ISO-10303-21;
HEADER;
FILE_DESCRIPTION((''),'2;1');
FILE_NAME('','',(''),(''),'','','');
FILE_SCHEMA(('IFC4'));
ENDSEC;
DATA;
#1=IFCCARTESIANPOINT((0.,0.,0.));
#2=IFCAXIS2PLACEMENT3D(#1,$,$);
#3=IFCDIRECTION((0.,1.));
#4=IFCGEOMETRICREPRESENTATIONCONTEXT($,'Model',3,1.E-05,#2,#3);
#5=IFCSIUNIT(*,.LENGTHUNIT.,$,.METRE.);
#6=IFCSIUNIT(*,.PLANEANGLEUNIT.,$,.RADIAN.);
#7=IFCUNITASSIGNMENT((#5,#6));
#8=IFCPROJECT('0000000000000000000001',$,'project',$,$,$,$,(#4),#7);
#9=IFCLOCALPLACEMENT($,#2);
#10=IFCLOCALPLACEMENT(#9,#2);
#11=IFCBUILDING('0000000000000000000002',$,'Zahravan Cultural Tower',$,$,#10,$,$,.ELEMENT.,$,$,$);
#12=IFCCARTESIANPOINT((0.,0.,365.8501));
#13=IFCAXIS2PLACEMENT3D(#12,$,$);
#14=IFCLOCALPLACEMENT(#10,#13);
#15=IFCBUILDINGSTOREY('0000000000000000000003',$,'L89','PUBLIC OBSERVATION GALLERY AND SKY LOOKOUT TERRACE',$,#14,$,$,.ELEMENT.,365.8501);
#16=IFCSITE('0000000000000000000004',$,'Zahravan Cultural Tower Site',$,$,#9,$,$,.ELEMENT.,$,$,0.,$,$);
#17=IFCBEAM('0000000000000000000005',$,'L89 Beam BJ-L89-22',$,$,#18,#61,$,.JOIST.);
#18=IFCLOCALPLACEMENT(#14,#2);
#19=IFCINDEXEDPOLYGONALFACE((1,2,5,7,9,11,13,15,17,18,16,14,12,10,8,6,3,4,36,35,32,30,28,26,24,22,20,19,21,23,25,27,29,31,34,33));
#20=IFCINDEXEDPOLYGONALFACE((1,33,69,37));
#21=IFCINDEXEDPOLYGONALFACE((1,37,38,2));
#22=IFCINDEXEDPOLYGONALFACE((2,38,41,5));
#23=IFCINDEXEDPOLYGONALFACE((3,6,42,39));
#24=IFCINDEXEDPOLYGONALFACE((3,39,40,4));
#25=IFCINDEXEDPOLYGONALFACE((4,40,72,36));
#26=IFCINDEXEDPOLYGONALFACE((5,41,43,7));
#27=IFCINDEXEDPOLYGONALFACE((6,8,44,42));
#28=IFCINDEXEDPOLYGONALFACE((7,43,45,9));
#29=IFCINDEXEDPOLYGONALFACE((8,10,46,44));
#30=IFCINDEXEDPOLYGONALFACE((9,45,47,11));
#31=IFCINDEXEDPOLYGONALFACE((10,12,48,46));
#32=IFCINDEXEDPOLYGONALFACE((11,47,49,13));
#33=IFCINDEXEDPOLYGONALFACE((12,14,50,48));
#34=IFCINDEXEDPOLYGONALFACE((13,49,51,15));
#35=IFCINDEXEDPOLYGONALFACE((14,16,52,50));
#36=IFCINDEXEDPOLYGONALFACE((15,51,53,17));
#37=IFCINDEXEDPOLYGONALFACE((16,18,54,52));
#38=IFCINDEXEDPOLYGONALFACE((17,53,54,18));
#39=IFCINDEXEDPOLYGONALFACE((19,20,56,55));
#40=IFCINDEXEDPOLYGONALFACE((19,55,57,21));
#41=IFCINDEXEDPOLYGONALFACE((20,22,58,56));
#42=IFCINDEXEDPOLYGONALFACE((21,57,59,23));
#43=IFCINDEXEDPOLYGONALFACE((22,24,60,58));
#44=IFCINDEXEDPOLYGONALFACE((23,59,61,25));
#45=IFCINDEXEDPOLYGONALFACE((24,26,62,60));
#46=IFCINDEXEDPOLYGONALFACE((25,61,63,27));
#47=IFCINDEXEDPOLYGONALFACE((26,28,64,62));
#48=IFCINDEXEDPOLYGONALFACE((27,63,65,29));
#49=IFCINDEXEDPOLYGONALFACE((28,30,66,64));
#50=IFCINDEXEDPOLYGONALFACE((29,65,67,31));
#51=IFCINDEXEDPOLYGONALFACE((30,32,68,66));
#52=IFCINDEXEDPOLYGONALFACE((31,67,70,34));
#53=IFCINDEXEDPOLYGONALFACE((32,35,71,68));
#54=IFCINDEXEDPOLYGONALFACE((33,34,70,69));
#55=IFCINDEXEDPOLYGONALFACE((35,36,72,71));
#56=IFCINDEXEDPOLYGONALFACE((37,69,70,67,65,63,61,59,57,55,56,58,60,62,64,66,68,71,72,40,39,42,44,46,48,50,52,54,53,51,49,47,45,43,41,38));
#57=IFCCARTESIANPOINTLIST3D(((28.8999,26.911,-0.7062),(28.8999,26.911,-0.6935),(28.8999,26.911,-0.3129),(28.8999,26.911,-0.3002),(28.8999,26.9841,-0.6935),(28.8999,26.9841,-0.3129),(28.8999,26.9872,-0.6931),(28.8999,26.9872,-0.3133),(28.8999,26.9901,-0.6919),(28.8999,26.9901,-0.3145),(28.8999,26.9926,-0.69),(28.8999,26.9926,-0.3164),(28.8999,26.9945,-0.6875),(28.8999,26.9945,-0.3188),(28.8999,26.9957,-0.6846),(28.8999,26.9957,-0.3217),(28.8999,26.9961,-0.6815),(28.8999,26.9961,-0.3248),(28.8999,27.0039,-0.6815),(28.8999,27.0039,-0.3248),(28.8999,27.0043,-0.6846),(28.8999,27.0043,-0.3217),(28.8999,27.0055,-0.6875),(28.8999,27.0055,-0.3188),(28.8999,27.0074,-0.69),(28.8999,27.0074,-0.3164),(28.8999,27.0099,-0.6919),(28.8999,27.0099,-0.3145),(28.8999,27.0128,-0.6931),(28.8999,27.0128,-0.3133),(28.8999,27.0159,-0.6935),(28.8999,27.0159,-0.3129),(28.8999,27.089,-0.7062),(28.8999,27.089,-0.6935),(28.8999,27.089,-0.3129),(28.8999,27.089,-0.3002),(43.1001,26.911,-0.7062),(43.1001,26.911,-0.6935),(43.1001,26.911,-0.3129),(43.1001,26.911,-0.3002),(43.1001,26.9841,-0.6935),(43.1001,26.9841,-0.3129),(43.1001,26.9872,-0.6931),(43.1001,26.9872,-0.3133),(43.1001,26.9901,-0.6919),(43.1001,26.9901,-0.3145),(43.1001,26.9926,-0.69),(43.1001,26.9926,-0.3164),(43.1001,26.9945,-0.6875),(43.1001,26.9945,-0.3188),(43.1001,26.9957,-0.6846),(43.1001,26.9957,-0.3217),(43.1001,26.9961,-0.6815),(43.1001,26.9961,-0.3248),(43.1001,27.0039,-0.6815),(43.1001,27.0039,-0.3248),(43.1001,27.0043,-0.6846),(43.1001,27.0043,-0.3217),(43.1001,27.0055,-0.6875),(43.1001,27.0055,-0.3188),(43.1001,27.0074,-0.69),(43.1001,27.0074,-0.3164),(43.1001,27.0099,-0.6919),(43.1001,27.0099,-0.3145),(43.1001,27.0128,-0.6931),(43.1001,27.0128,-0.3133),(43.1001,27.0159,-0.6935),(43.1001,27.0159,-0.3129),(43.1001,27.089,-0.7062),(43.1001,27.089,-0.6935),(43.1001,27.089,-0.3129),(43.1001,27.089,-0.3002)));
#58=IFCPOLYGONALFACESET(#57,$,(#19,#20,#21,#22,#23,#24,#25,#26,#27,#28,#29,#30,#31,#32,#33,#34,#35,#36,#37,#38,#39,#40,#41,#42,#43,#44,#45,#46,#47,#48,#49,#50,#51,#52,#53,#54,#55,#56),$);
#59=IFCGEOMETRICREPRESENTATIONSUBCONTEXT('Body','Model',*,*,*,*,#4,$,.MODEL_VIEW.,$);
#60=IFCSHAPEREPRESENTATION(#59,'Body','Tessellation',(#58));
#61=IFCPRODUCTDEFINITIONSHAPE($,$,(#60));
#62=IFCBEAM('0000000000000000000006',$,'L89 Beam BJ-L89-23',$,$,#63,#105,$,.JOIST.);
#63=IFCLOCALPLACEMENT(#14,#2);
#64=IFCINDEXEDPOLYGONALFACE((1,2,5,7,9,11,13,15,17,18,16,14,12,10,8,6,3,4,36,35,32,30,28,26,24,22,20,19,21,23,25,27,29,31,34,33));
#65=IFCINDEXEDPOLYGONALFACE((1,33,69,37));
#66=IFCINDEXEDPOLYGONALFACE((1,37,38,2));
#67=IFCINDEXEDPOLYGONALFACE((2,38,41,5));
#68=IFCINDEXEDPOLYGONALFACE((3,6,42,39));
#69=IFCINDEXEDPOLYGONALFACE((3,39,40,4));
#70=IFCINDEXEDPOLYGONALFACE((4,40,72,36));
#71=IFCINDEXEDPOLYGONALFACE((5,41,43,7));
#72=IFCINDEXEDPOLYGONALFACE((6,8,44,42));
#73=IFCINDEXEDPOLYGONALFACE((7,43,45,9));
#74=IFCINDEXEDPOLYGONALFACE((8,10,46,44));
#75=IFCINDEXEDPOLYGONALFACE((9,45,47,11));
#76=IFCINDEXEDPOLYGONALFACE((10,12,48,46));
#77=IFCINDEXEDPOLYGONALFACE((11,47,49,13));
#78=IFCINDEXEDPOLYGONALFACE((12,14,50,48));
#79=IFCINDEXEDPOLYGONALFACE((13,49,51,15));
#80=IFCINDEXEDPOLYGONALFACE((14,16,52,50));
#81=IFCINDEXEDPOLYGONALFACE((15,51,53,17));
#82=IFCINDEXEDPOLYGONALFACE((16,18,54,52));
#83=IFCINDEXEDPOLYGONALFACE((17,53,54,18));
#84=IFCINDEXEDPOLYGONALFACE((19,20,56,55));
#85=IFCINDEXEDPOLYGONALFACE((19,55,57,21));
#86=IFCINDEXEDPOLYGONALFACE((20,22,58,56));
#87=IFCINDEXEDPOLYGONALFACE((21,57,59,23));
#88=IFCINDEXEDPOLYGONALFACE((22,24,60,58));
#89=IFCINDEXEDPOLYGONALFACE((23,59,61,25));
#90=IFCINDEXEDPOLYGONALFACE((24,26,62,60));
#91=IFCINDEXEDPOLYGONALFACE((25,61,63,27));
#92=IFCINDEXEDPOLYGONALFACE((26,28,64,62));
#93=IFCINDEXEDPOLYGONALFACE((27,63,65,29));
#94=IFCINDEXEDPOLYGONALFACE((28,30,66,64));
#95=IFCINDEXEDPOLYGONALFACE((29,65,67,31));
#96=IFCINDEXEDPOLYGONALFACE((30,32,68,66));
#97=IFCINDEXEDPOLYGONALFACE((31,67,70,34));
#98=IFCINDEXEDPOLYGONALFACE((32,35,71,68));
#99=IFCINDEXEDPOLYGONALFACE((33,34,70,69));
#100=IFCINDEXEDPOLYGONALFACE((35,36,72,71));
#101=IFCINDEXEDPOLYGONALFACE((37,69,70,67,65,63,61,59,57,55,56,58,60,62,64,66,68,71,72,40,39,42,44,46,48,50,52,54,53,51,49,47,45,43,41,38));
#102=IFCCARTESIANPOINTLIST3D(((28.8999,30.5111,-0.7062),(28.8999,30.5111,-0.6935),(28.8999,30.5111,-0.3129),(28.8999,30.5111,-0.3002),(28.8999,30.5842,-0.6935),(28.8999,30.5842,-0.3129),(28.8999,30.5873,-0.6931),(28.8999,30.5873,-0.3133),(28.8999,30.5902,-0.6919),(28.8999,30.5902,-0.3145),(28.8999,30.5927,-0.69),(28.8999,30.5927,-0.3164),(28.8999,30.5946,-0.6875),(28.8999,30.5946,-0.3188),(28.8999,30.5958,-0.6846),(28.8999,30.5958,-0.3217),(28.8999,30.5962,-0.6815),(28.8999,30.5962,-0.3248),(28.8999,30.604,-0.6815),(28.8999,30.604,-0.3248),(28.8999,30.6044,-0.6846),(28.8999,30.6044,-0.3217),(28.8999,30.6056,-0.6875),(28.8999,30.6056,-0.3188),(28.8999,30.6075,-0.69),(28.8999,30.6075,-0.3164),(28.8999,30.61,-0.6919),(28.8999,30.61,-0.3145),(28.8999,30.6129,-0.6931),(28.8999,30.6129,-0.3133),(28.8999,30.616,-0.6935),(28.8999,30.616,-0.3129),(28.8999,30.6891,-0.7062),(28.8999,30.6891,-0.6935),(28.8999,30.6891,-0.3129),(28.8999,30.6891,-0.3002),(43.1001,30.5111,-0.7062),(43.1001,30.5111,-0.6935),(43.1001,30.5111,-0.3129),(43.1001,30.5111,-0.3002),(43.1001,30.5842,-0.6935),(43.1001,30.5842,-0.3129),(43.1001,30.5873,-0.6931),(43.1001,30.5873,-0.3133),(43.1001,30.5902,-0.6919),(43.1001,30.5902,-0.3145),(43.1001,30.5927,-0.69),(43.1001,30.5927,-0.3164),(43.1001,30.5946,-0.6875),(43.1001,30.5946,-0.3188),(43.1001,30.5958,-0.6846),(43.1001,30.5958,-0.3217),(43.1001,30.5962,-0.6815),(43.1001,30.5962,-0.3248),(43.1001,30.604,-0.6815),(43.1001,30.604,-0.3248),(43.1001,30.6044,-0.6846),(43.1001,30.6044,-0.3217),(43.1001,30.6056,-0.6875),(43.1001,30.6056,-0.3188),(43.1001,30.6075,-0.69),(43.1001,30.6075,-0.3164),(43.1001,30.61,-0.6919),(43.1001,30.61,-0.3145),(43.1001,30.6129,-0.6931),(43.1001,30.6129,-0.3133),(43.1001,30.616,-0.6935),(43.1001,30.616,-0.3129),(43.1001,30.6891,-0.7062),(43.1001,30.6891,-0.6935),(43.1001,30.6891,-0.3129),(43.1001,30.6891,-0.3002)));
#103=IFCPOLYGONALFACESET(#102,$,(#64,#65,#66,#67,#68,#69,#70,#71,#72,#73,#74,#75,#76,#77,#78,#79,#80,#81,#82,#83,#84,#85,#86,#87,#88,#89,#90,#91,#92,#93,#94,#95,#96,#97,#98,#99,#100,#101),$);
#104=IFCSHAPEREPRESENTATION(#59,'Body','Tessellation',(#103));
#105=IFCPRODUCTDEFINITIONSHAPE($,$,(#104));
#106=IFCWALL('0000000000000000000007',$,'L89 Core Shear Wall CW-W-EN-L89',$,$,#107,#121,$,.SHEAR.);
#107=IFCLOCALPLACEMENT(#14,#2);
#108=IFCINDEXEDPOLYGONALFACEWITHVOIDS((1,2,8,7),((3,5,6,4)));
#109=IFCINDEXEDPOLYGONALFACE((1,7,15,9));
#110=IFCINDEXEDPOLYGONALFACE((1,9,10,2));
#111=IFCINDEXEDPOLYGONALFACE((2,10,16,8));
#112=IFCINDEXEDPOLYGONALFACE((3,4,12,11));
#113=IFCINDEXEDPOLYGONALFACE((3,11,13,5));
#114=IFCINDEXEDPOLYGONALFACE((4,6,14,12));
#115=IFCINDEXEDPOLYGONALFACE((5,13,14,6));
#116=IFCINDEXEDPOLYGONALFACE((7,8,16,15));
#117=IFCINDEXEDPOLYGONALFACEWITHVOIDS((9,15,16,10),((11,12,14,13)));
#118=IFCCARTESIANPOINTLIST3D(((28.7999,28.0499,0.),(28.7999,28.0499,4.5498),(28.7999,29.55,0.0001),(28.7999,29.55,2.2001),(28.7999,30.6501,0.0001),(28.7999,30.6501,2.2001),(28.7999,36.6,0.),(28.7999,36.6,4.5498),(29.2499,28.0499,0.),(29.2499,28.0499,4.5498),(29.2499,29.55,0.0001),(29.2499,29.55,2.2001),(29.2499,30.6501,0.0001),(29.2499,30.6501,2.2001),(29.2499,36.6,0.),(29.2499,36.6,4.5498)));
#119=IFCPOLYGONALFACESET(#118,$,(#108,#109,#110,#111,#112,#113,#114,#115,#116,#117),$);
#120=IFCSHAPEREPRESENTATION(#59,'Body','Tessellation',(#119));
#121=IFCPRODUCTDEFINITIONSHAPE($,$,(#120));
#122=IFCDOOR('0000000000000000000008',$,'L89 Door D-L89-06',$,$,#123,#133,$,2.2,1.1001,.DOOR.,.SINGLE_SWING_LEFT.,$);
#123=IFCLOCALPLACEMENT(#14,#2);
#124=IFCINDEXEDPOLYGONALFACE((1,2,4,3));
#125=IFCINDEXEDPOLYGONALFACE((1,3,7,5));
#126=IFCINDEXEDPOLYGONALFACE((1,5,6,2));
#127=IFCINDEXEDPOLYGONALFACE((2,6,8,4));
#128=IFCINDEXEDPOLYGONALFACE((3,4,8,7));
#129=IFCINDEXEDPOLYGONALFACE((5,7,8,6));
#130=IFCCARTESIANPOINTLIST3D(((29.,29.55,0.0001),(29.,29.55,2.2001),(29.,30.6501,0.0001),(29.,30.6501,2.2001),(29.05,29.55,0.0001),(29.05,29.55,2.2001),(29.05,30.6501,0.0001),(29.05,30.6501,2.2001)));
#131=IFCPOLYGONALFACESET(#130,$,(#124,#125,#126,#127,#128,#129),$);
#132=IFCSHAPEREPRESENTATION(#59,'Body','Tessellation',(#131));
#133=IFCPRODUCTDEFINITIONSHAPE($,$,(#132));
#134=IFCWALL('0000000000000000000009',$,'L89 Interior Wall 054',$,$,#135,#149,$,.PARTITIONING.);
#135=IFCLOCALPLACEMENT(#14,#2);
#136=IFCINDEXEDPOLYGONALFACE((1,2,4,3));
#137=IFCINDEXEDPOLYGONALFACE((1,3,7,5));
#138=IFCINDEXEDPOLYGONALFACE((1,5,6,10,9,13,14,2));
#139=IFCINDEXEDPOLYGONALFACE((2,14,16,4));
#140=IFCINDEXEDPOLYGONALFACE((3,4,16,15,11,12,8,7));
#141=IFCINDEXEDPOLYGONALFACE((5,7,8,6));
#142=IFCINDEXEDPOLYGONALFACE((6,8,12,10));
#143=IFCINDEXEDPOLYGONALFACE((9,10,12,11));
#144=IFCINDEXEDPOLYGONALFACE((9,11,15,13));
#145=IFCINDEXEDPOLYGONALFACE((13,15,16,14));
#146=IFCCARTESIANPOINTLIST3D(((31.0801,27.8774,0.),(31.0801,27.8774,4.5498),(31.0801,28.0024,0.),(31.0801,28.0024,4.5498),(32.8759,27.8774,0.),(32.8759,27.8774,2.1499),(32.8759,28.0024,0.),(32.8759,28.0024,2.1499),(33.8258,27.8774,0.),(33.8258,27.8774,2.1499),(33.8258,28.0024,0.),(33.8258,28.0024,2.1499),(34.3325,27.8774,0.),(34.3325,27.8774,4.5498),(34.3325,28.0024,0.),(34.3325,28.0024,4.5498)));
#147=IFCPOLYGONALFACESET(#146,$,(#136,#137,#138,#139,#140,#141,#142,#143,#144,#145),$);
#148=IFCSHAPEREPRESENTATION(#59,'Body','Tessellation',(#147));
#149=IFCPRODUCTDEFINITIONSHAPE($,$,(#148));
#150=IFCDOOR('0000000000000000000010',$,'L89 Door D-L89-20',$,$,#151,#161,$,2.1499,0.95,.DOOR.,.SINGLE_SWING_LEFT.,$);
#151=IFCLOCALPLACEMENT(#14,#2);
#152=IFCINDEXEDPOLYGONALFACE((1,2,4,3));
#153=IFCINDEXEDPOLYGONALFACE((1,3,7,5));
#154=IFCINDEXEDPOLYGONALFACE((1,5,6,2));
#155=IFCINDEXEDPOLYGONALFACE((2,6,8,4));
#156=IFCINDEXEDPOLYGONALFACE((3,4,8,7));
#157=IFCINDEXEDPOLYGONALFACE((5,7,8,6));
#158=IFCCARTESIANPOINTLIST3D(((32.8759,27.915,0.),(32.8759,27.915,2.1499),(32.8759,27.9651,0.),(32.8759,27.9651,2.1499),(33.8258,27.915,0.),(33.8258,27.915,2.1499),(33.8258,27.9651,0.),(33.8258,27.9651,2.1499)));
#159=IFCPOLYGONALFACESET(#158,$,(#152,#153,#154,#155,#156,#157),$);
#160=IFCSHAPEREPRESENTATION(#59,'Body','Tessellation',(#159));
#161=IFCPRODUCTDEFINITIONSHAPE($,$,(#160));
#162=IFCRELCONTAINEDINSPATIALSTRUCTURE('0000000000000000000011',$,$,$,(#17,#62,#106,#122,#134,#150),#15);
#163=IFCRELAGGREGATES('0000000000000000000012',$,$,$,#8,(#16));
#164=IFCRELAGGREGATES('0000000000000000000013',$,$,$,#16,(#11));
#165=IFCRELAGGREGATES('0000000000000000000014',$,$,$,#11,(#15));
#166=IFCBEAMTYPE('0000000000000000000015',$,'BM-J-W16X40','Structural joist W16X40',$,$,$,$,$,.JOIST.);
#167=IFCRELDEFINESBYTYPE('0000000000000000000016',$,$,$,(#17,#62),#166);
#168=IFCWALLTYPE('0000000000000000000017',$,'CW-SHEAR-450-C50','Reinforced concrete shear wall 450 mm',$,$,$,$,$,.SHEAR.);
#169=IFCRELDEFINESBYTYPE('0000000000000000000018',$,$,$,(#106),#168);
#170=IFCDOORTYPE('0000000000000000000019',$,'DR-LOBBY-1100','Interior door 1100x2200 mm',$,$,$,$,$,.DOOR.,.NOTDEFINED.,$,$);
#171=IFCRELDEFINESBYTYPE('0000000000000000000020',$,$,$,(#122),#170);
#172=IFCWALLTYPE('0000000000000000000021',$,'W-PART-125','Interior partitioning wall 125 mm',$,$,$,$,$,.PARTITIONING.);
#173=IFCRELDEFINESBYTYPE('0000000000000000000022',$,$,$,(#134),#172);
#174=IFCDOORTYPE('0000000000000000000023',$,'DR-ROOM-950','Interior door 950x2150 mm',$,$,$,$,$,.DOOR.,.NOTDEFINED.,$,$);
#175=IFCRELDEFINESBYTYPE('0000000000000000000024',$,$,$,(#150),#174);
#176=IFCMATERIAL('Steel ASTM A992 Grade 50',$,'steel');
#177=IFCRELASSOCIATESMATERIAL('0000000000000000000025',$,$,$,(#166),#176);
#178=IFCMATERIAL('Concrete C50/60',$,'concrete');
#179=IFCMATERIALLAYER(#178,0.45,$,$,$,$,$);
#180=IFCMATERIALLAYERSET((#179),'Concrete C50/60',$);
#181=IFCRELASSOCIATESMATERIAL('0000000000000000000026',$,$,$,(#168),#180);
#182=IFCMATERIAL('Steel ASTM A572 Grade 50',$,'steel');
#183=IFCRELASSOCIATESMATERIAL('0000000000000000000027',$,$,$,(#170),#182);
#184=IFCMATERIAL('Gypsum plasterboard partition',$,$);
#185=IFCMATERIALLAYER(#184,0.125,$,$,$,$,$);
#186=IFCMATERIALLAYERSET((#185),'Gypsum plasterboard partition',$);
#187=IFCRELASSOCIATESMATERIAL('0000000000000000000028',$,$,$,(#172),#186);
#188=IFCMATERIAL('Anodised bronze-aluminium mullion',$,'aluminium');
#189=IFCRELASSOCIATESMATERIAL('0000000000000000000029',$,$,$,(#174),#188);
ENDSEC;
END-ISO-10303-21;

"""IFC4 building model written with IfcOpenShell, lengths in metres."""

from ifc_helpers import new_model, si_unit, direction, frame, frame_2d, origin, origin_2d, place, context, subcontext, project, spatial, rectangle, i_section, extrude, source, transform, mapped, material, layer, layer_set, material_profile, profile_set, type_object, element, fill, save


model = new_model("IFC4")

# Units and contexts
model_context = context("Model", 3, precision=1e-05, world=origin(), true_north=direction((0.0, 1.0)))
body_context = subcontext(model_context, "Body", "Model", "MODEL_VIEW")
ifc_project = project(units=[si_unit("LENGTHUNIT", "METRE"), si_unit("PLANEANGLEUNIT", "RADIAN")], contexts=[model_context])

# Site, building, storey
site_placement = place(None, origin())
site = spatial("IfcSite", under=ifc_project, at=site_placement, Name="Zahravan Cultural Tower Site", CompositionType="ELEMENT", RefElevation=0.0)
building_placement = place(site_placement, origin())
building = spatial("IfcBuilding", under=site, at=building_placement, Name="Zahravan Cultural Tower", CompositionType="ELEMENT")
storey_placement = place(building_placement, frame((0.0, 0.0, 365.8501)))
storey = spatial("IfcBuildingStorey", under=building, at=storey_placement, Name="L89", Description="PUBLIC OBSERVATION GALLERY AND SKY LOOKOUT TERRACE", CompositionType="ELEMENT", Elevation=365.8501)

# Beams
ifc_material_1 = material(Name="Steel ASTM A992 Grade 50", Category="steel")
ifc_material_profile = material_profile(ifc_material_1, i_section(OverallWidth=0.178, OverallDepth=0.406, WebThickness=0.0078, FlangeThickness=0.0127, FilletRadius=0.012, at=origin_2d()), Name="W16X40")
ifc_profile_set = profile_set([ifc_material_profile], Name="Steel ASTM A992 Grade 50")
beam_type = type_object("IfcBeamType", Name="BM-J-W16X40", Description="Structural joist W16X40", PredefinedType="JOIST", material=ifc_profile_set)
shared_shape_1 = source(origin(), body_context, "Body", "SweptSolid", [
    extrude(i_section(OverallWidth=0.178, OverallDepth=0.406, WebThickness=0.0078, FlangeThickness=0.0127, FilletRadius=0.012, at=origin_2d()), origin(), (0.0, 0.0, 1.0), 14.2002),
])
for number, where, z_axis, x_axis, name in (
    (1, (28.8999, 27.0, -0.5032), (1.0, 0.0, 0.0), (0.0, 1.0, 0.0), "L89 Beam BJ-L89-22"),
    (2, (28.8999, 30.6001, -0.5032), (1.0, 0.0, 0.0), (0.0, 1.0, 0.0), "L89 Beam BJ-L89-23"),
):
    element("IfcBeam", number, at=place(storey_placement, frame(where, z_axis=z_axis, x_axis=x_axis)), inside=storey, type_object=beam_type, Name=name, PredefinedType="JOIST", context=body_context, shape_type="MappedRepresentation", body=[
        mapped(shared_shape_1, transform((0.0, 0.0, 0.0), x_axis=(1.0, 0.0, 0.0), y_axis=(0.0, 1.0, 0.0), z_axis=(0.0, 0.0, 1.0), scale=1.0)),
    ])

# Walls, openings, doors
ifc_material_2 = material(Name="Concrete C50/60", Category="concrete")
ifc_layer_1 = layer(ifc_material_2, 0.45)
ifc_layer_set_1 = layer_set([ifc_layer_1], Name="Concrete C50/60")
wall_type_1 = type_object("IfcWallType", Name="CW-SHEAR-450-C50", Description="Reinforced concrete shear wall 450 mm", PredefinedType="SHEAR", material=ifc_layer_set_1)
wall_1_placement = place(storey_placement, frame((29.0249, 28.05, 0.0), z_axis=(0.0, 0.0, 1.0), x_axis=(0.0, 1.0, 0.0)))
wall_1 = element("IfcWall", 3, at=wall_1_placement, inside=storey, type_object=wall_type_1, Name="L89 Core Shear Wall CW-W-EN-L89", PredefinedType="SHEAR", context=body_context, shape_type="SweptSolid", body=[
    extrude(rectangle(XDim=8.55, YDim=0.45, at=frame_2d((4.2749, 0.0))), origin(), (0.0, 0.0, 1.0), 4.5498),
])
opening_1_placement = place(wall_1_placement, frame((1.5, 0.0, 0.0)))
opening_1 = element("IfcOpeningElement", 4, at=opening_1_placement, cuts=wall_1, PredefinedType="OPENING", context=body_context, shape_type="SweptSolid", body=[
    extrude(rectangle(XDim=1.1001, YDim=2.2, at=frame_2d((0.55, 1.1001))), frame((0.0, 0.2349, 0.0), z_axis=(0.0, -1.0, 0.0), x_axis=(1.0, 0.0, 0.0)), (0.0, 0.0, 1.0), 0.47),
])
ifc_material_3 = material(Name="Steel ASTM A572 Grade 50", Category="steel")
door_type_1 = type_object("IfcDoorType", Name="DR-LOBBY-1100", Description="Interior door 1100x2200 mm", OperationType="NOTDEFINED", PredefinedType="DOOR", material=ifc_material_3)
shared_shape_2 = source(origin(), body_context, "Body", "SweptSolid", [
    extrude(rectangle(XDim=1.1001, YDim=2.2, at=frame_2d((0.55, 1.1001))), frame((0.0, 0.0249, 0.0), z_axis=(0.0, -1.0, 0.0), x_axis=(1.0, 0.0, 0.0)), (0.0, 0.0, 1.0), 0.05),
])
door_1_placement = place(opening_1_placement, origin())
door_1 = element("IfcDoor", 5, at=door_1_placement, inside=storey, type_object=door_type_1, Name="L89 Door D-L89-06", OperationType="SINGLE_SWING_LEFT", OverallHeight=2.2, OverallWidth=1.1001, PredefinedType="DOOR", context=body_context, shape_type="MappedRepresentation", body=[
    mapped(shared_shape_2, transform((0.0, 0.0, 0.0), x_axis=(1.0, 0.0, 0.0), y_axis=(0.0, 1.0, 0.0), z_axis=(0.0, 0.0, 1.0), scale=1.0)),
])
fill(opening_1, door_1)
ifc_material_4 = material(Name="Gypsum plasterboard partition")
ifc_layer_2 = layer(ifc_material_4, 0.125)
ifc_layer_set_2 = layer_set([ifc_layer_2], Name="Gypsum plasterboard partition")
wall_type_2 = type_object("IfcWallType", Name="W-PART-125", Description="Interior partitioning wall 125 mm", PredefinedType="PARTITIONING", material=ifc_layer_set_2)
wall_2_placement = place(storey_placement, frame((34.3325, 27.9399, 0.0), z_axis=(0.0, 0.0, 1.0), x_axis=(-1.0, 0.0, 0.0)))
wall_2 = element("IfcWall", 6, at=wall_2_placement, inside=storey, type_object=wall_type_2, Name="L89 Interior Wall 054", PredefinedType="PARTITIONING", context=body_context, shape_type="SweptSolid", body=[
    extrude(rectangle(XDim=3.2524, YDim=0.125, at=frame_2d((1.6262, 0.0))), origin(), (0.0, 0.0, 1.0), 4.5498),
])
opening_2_placement = place(wall_2_placement, frame((0.5066, 0.0, 0.0)))
opening_2 = element("IfcOpeningElement", 7, at=opening_2_placement, cuts=wall_2, PredefinedType="OPENING", context=body_context, shape_type="SweptSolid", body=[
    extrude(rectangle(XDim=0.95, YDim=2.1499, at=frame_2d((0.4751, 1.075))), frame((0.0, 0.0725, 0.0), z_axis=(0.0, -1.0, 0.0), x_axis=(1.0, 0.0, 0.0)), (0.0, 0.0, 1.0), 0.145),
])
ifc_material_5 = material(Name="Anodised bronze-aluminium mullion", Category="aluminium")
door_type_2 = type_object("IfcDoorType", Name="DR-ROOM-950", Description="Interior door 950x2150 mm", OperationType="NOTDEFINED", PredefinedType="DOOR", material=ifc_material_5)
shared_shape_3 = source(origin(), body_context, "Body", "SweptSolid", [
    extrude(rectangle(XDim=0.95, YDim=2.1499, at=frame_2d((0.4751, 1.075))), frame((0.0, 0.0249, 0.0), z_axis=(0.0, -1.0, 0.0), x_axis=(1.0, 0.0, 0.0)), (0.0, 0.0, 1.0), 0.05),
])
door_2_placement = place(opening_2_placement, origin())
door_2 = element("IfcDoor", 8, at=door_2_placement, inside=storey, type_object=door_type_2, Name="L89 Door D-L89-20", OperationType="SINGLE_SWING_LEFT", OverallHeight=2.1499, OverallWidth=0.95, PredefinedType="DOOR", context=body_context, shape_type="MappedRepresentation", body=[
    mapped(shared_shape_3, transform((0.0, 0.0, 0.0), x_axis=(1.0, 0.0, 0.0), y_axis=(0.0, 1.0, 0.0), z_axis=(0.0, 0.0, 1.0), scale=1.0)),
])
fill(opening_2, door_2)

save(model, "model.ifc")
